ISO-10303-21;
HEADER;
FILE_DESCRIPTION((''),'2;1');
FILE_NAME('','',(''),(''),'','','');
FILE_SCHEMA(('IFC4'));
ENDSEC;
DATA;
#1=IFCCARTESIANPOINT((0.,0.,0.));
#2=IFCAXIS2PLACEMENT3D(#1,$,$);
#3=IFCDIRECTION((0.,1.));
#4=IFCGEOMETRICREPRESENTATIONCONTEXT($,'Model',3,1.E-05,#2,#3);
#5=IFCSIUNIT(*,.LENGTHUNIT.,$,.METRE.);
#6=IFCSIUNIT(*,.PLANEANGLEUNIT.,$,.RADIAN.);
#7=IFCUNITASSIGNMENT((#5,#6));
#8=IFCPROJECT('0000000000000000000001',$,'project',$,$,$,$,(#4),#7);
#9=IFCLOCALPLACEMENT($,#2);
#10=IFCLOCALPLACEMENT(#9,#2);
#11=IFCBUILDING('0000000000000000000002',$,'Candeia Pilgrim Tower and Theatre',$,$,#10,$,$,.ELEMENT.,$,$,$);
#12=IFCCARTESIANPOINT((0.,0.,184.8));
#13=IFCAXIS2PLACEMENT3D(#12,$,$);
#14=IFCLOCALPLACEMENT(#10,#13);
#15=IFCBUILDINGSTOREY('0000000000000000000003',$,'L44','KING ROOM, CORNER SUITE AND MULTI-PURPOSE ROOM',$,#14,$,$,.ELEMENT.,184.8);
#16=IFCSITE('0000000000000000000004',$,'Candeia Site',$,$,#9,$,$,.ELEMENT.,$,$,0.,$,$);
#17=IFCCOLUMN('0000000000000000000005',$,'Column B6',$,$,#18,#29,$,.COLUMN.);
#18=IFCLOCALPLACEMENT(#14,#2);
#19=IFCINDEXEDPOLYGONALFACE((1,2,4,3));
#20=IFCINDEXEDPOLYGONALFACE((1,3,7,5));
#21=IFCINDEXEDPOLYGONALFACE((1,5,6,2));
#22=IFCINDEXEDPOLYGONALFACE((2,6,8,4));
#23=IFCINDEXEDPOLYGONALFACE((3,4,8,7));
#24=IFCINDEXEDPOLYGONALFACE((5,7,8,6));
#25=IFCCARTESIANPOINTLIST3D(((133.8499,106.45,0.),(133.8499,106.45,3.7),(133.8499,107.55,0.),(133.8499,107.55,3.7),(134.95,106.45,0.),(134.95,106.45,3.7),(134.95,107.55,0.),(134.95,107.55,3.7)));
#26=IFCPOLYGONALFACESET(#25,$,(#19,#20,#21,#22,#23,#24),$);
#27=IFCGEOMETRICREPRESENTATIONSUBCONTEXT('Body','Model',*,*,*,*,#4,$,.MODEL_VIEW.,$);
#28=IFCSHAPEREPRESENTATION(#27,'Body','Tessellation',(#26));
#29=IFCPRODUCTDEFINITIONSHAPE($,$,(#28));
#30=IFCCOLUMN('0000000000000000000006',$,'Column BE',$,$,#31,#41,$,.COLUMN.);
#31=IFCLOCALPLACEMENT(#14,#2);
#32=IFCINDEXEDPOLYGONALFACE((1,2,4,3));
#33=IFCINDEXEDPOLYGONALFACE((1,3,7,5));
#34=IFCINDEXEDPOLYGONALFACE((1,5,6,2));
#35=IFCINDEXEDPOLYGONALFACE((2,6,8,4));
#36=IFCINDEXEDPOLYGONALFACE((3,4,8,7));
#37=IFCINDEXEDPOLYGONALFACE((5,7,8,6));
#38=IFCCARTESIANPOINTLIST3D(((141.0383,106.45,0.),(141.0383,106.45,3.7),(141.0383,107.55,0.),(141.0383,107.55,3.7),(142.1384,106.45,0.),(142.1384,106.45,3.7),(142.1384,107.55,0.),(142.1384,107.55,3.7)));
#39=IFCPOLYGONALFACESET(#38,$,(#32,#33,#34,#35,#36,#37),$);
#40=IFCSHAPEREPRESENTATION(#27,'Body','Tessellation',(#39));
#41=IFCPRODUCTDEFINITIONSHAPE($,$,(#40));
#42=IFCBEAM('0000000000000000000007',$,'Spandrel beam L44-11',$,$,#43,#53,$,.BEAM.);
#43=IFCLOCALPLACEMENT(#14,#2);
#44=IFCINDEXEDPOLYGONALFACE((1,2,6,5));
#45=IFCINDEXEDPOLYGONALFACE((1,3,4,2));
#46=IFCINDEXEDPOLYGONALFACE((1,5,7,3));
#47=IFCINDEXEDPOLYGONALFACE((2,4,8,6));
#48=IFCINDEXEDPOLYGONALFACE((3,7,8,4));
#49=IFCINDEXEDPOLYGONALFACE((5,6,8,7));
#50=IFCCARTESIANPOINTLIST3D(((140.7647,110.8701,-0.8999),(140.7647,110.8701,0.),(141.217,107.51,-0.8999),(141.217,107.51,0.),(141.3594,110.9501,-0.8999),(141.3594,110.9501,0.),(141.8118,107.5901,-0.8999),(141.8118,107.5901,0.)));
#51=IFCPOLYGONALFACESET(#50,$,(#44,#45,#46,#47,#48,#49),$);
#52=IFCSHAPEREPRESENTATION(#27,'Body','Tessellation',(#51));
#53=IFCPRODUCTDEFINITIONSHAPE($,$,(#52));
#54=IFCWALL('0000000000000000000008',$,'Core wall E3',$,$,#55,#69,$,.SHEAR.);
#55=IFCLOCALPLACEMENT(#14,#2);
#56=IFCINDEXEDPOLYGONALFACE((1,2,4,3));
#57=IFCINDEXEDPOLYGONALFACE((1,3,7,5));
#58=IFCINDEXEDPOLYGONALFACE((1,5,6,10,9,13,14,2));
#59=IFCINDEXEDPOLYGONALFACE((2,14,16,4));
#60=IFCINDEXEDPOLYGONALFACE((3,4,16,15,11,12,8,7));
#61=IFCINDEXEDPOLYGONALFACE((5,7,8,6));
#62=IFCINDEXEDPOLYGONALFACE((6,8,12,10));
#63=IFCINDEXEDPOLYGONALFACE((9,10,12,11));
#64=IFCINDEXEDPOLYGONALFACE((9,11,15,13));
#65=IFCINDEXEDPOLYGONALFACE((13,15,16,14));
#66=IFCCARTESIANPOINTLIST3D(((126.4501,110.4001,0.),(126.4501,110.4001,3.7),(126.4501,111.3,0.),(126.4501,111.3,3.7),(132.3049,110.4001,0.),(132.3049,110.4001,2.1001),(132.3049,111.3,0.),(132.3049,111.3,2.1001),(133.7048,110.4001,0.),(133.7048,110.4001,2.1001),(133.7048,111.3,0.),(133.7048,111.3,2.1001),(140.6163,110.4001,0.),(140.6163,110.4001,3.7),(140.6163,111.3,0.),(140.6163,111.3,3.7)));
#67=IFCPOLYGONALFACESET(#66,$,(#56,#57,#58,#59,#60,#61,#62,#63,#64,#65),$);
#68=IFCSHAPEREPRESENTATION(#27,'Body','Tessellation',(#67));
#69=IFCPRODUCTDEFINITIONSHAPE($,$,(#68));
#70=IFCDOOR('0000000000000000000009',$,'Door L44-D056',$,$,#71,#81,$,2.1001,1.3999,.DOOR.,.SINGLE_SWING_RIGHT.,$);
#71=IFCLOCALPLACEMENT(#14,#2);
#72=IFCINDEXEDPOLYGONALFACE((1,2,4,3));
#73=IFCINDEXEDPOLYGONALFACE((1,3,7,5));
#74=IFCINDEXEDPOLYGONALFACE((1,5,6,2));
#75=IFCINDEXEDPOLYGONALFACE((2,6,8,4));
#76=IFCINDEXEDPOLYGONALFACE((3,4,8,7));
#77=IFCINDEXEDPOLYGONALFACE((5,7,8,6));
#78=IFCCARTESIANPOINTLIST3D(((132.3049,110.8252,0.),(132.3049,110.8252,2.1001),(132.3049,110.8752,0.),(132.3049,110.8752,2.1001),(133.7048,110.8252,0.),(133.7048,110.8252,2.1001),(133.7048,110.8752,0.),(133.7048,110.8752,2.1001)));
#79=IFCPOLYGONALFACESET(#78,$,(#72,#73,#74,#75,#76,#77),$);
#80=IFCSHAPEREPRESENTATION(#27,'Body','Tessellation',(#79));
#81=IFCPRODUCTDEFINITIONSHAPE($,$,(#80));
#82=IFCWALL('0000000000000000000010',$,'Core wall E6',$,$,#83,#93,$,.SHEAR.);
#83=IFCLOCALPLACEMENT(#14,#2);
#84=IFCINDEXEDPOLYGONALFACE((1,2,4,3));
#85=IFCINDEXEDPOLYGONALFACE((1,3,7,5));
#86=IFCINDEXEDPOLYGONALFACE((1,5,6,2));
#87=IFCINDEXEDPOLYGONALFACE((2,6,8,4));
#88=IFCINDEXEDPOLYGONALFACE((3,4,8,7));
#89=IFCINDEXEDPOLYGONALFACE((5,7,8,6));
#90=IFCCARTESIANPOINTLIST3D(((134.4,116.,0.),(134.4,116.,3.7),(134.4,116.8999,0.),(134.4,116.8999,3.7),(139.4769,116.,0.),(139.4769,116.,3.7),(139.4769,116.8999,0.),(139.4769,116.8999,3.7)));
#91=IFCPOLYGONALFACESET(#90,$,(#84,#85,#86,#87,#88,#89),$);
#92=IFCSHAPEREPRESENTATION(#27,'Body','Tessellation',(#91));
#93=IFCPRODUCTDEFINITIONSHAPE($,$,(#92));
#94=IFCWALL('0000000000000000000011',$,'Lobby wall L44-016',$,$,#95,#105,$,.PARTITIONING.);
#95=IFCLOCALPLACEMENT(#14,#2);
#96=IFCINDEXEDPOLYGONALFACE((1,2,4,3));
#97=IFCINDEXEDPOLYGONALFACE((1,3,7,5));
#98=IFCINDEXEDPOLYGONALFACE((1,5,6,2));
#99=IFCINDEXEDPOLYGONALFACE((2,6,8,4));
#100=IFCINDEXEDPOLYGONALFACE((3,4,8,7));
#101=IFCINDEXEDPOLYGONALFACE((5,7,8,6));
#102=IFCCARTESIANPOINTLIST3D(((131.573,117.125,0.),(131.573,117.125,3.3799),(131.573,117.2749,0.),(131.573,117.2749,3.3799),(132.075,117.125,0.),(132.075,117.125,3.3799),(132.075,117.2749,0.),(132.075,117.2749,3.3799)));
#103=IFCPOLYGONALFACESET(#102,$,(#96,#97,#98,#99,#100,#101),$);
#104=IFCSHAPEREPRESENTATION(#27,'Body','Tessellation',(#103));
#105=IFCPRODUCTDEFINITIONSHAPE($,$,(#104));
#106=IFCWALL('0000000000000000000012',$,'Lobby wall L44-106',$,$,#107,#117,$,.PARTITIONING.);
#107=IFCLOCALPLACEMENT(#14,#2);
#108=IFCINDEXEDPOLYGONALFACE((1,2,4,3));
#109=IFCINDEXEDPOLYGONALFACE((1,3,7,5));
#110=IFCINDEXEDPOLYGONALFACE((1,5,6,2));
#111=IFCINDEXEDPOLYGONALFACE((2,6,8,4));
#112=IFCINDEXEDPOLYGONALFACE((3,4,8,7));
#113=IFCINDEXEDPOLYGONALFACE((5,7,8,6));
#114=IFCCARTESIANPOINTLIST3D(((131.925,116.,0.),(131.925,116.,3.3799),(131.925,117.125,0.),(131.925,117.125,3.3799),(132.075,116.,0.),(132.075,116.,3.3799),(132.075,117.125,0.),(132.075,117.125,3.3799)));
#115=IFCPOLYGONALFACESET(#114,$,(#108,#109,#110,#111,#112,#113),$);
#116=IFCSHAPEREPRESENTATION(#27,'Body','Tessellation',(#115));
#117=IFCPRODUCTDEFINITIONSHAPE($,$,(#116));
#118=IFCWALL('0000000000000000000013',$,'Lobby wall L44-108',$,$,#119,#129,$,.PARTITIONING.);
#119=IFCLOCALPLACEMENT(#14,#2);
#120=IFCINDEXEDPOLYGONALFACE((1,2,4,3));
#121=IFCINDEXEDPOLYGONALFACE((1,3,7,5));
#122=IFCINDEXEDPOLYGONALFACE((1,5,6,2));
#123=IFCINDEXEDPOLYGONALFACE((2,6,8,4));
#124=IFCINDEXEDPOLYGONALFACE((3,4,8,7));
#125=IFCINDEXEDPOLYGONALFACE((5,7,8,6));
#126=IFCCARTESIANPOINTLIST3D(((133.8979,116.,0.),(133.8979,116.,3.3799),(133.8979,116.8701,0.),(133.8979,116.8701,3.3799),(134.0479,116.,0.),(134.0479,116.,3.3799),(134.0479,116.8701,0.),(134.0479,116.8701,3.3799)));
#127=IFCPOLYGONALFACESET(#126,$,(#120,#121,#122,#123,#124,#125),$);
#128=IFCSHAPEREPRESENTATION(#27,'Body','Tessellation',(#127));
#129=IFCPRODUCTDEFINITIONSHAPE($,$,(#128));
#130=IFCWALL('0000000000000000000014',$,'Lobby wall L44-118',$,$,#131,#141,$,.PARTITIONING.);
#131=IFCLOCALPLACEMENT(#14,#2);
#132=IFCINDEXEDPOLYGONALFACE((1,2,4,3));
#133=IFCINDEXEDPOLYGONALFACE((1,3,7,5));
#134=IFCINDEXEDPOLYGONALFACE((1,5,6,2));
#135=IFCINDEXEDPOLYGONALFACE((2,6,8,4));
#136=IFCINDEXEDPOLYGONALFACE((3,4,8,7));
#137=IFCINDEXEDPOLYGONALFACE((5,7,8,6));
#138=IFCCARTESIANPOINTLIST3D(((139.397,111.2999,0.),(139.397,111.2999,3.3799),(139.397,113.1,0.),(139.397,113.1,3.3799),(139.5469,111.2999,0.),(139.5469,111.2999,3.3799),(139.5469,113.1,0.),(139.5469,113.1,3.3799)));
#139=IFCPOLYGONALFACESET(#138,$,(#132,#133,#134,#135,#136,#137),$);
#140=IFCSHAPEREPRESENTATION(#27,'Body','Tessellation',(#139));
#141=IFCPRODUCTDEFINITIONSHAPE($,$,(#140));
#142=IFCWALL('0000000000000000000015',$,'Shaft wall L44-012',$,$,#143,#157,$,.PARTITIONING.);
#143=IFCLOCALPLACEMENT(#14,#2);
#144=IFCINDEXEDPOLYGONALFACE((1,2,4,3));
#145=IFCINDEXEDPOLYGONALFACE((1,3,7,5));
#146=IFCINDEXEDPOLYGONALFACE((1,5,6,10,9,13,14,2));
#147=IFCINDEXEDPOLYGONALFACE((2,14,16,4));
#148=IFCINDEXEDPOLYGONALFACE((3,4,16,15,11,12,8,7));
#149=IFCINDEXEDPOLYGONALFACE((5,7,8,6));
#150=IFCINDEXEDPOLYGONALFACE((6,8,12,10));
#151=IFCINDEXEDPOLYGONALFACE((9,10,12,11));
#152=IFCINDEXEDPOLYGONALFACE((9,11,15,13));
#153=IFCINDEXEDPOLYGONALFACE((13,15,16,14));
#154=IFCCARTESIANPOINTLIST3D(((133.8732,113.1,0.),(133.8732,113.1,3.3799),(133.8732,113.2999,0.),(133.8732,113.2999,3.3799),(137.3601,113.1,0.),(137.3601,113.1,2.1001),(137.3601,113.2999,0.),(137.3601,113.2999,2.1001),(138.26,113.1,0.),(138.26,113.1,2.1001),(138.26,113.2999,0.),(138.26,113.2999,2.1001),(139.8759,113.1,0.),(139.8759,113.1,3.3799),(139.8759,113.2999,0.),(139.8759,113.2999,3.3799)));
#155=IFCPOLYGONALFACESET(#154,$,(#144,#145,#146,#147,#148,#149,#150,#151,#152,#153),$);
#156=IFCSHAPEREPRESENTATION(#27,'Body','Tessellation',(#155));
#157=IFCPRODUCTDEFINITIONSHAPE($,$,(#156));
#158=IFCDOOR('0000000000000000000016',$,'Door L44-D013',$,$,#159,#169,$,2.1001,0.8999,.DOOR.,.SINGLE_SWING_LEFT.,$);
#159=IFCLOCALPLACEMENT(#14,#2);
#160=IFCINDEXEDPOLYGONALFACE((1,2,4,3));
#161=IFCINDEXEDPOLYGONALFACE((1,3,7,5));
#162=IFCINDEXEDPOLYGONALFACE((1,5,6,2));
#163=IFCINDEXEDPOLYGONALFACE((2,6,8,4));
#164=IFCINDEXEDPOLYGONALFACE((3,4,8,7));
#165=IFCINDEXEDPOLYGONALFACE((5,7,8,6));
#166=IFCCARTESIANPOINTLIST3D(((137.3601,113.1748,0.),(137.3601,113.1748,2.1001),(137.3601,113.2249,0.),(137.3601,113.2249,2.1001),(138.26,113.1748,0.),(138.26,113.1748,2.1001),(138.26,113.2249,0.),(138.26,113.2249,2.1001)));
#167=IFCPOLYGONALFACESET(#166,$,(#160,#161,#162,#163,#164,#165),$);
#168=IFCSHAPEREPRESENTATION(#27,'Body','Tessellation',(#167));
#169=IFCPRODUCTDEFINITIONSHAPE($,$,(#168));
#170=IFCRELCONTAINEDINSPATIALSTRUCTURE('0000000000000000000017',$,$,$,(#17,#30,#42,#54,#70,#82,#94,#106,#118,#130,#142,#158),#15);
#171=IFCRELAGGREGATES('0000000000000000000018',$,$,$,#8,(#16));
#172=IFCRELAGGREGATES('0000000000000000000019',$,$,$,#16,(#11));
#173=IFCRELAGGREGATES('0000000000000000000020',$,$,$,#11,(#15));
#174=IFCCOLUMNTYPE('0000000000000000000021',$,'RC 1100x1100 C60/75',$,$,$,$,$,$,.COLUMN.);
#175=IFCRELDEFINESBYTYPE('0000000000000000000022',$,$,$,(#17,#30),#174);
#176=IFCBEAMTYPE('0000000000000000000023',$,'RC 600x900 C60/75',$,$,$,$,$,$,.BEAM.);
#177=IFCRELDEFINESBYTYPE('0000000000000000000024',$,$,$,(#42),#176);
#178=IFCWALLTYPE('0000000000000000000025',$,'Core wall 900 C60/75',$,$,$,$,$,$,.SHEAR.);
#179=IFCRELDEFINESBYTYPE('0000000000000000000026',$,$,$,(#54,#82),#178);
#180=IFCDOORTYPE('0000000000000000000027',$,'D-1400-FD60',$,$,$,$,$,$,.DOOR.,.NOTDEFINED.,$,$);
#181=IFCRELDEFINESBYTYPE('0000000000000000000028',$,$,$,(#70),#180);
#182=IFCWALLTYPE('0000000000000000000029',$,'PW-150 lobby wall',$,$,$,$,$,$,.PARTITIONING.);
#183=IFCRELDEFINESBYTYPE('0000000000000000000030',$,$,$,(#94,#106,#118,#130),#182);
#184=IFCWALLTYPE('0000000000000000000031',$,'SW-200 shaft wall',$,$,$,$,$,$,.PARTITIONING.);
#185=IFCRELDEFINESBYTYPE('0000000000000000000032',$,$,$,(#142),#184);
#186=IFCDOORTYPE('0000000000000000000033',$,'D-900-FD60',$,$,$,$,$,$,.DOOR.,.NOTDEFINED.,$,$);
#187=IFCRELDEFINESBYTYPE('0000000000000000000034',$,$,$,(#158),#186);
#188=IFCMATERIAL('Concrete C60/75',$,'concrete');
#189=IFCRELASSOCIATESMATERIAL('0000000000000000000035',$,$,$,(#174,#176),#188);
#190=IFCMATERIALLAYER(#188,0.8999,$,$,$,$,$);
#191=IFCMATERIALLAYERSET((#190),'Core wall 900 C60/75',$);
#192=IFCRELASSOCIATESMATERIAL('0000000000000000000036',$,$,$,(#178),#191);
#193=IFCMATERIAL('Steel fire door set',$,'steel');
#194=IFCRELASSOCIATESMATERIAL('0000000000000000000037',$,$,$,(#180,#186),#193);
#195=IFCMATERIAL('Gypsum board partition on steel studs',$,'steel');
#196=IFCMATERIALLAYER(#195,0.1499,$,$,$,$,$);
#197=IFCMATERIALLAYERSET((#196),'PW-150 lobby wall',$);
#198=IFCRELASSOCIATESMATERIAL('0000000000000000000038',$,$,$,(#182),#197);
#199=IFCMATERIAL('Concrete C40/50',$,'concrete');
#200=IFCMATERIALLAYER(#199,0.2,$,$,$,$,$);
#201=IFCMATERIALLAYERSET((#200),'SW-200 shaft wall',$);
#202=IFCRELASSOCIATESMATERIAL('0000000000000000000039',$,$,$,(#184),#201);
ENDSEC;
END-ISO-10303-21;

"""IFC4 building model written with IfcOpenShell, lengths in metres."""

from ifc_helpers import new_model, si_unit, direction, frame, frame_2d, origin, origin_2d, place, context, subcontext, project, spatial, rectangle, extrude, material, layer, layer_set, material_profile, profile_set, type_object, element, fill, save


model = new_model("IFC4")

# Units and contexts
model_context = context("Model", 3, precision=1e-05, world=origin(), true_north=direction((0.0, 1.0)))
body_context = subcontext(model_context, "Body", "Model", "MODEL_VIEW")
ifc_project = project(units=[si_unit("LENGTHUNIT", "METRE"), si_unit("PLANEANGLEUNIT", "RADIAN")], contexts=[model_context])

# Site, building, storey
site_placement = place(None, origin())
site = spatial("IfcSite", under=ifc_project, at=site_placement, Name="Candeia Site", CompositionType="ELEMENT", RefElevation=0.0)
building_placement = place(site_placement, origin())
building = spatial("IfcBuilding", under=site, at=building_placement, Name="Candeia Pilgrim Tower and Theatre", CompositionType="ELEMENT")
storey_placement = place(building_placement, frame((0.0, 0.0, 184.8)))
storey = spatial("IfcBuildingStorey", under=building, at=storey_placement, Name="L44", Description="KING ROOM, CORNER SUITE AND MULTI-PURPOSE ROOM", CompositionType="ELEMENT", Elevation=184.8)

# Columns
ifc_material_1 = material(Name="Concrete C60/75", Category="concrete")
ifc_material_profile_1 = material_profile(ifc_material_1, rectangle(XDim=1.1001, YDim=1.1001, at=origin_2d()))
ifc_profile_set_1 = profile_set([ifc_material_profile_1], Name="Concrete C60/75")
column_type = type_object("IfcColumnType", Name="RC 1100x1100 C60/75", PredefinedType="COLUMN", material=ifc_profile_set_1)
for number, where, z_axis, x_axis, name in (
    (1, (134.3999, 107.0, 0.0), (0.0, 0.0, 1.0), (1.0, 0.0, 0.0), "Column B6"),
    (2, (141.5884, 107.0, 0.0), (0.0, 0.0, 1.0), (1.0, 0.0, 0.0), "Column BE"),
):
    element("IfcColumn", number, at=place(storey_placement, frame(where, z_axis=z_axis, x_axis=x_axis)), inside=storey, type_object=column_type, Name=name, PredefinedType="COLUMN", context=body_context, shape_type="SweptSolid", body=[
        extrude(rectangle(XDim=1.1001, YDim=1.1001, at=origin_2d()), origin(), (0.0, 0.0, 1.0), 3.7),
    ])

# Beam
ifc_material_profile_2 = material_profile(ifc_material_1, rectangle(XDim=0.6001, YDim=0.8999, at=origin_2d()))
ifc_profile_set_2 = profile_set([ifc_material_profile_2], Name="Concrete C60/75")
beam_type = type_object("IfcBeamType", Name="RC 600x900 C60/75", PredefinedType="BEAM", material=ifc_profile_set_2)
beam_placement = place(storey_placement, frame((141.5144, 107.55, -0.45), z_axis=(-0.133432, 0.991058, 0.0), x_axis=(-0.991058, -0.133432, 0.0)))
element("IfcBeam", 3, at=beam_placement, inside=storey, type_object=beam_type, Name="Spandrel beam L44-11", PredefinedType="BEAM", context=body_context, shape_type="SweptSolid", body=[
    extrude(rectangle(XDim=0.6001, YDim=0.8999, at=origin_2d()), origin(), (0.0, 0.0, 1.0), 3.3904),
])

# Wall, opening, door
ifc_layer_1 = layer(ifc_material_1, 0.8999)
ifc_layer_set_1 = layer_set([ifc_layer_1], Name="Core wall 900 C60/75")
wall_type_1 = type_object("IfcWallType", Name="Core wall 900 C60/75", PredefinedType="SHEAR", material=ifc_layer_set_1)
wall_1_placement = place(storey_placement, frame((140.6162, 110.8501, 0.0), z_axis=(0.0, 0.0, 1.0), x_axis=(-1.0, 0.0, 0.0)))
wall_1 = element("IfcWall", 4, at=wall_1_placement, inside=storey, type_object=wall_type_1, Name="Core wall E3", PredefinedType="SHEAR", context=body_context, shape_type="SweptSolid", body=[
    extrude(rectangle(XDim=14.1663, YDim=0.8999, at=frame_2d((7.083, 0.0))), origin(), (0.0, 0.0, 1.0), 3.7),
])
opening_1_placement = place(wall_1_placement, frame((6.9114, 0.0, 0.0)))
opening_1 = element("IfcOpeningElement", 5, at=opening_1_placement, cuts=wall_1, PredefinedType="OPENING", context=body_context, shape_type="SweptSolid", body=[
    extrude(rectangle(XDim=1.3999, YDim=2.1001, at=frame_2d((0.7, 1.05))), frame((0.0, 0.46, 0.0), z_axis=(0.0, -1.0, 0.0), x_axis=(1.0, 0.0, 0.0)), (0.0, 0.0, 1.0), 0.9199),
])
ifc_material_2 = material(Name="Steel fire door set", Category="steel")
door_type_1 = type_object("IfcDoorType", Name="D-1400-FD60", OperationType="NOTDEFINED", PredefinedType="DOOR", material=ifc_material_2)
door_1_placement = place(opening_1_placement, origin())
door_1 = element("IfcDoor", 6, at=door_1_placement, inside=storey, type_object=door_type_1, Name="Door L44-D056", OperationType="SINGLE_SWING_RIGHT", OverallHeight=2.1001, OverallWidth=1.3999, PredefinedType="DOOR", context=body_context, shape_type="SweptSolid", body=[
    extrude(rectangle(XDim=1.3999, YDim=2.1001, at=frame_2d((0.7, 1.05))), frame((0.0, 0.0249, 0.0), z_axis=(0.0, -1.0, 0.0), x_axis=(1.0, 0.0, 0.0)), (0.0, 0.0, 1.0), 0.05),
])
fill(opening_1, door_1)

# Walls
wall_2_placement = place(storey_placement, frame((134.3999, 116.45, 0.0), z_axis=(0.0, 0.0, 1.0), x_axis=(1.0, 0.0, 0.0)))
element("IfcWall", 7, at=wall_2_placement, inside=storey, type_object=wall_type_1, Name="Core wall E6", PredefinedType="SHEAR", context=body_context, shape_type="SweptSolid", body=[
    extrude(rectangle(XDim=5.0769, YDim=0.8999, at=frame_2d((2.5386, 0.0))), origin(), (0.0, 0.0, 1.0), 3.7),
])
ifc_material_3 = material(Name="Gypsum board partition on steel studs", Category="steel")
ifc_layer_2 = layer(ifc_material_3, 0.1499)
ifc_layer_set_2 = layer_set([ifc_layer_2], Name="PW-150 lobby wall")
wall_type_2 = type_object("IfcWallType", Name="PW-150 lobby wall", PredefinedType="PARTITIONING", material=ifc_layer_set_2)
wall_3_placement = place(storey_placement, frame((131.573, 117.2, 0.0), z_axis=(0.0, 0.0, 1.0), x_axis=(1.0, 0.0, 0.0)))
element("IfcWall", 8, at=wall_3_placement, inside=storey, type_object=wall_type_2, Name="Lobby wall L44-016", PredefinedType="PARTITIONING", context=body_context, shape_type="SweptSolid", body=[
    extrude(rectangle(XDim=0.502, YDim=0.1499, at=frame_2d((0.251, 0.0))), origin(), (0.0, 0.0, 1.0), 3.3799),
])
wall_4_placement = place(storey_placement, frame((132.0, 116.0, 0.0), z_axis=(0.0, 0.0, 1.0), x_axis=(0.0, 1.0, 0.0)))
element("IfcWall", 9, at=wall_4_placement, inside=storey, type_object=wall_type_2, Name="Lobby wall L44-106", PredefinedType="PARTITIONING", context=body_context, shape_type="SweptSolid", body=[
    extrude(rectangle(XDim=1.125, YDim=0.1499, at=frame_2d((0.5625, 0.0))), origin(), (0.0, 0.0, 1.0), 3.3799),
])
wall_5_placement = place(storey_placement, frame((133.9729, 116.0, 0.0), z_axis=(0.0, 0.0, 1.0), x_axis=(0.0, 1.0, 0.0)))
element("IfcWall", 10, at=wall_5_placement, inside=storey, type_object=wall_type_2, Name="Lobby wall L44-108", PredefinedType="PARTITIONING", context=body_context, shape_type="SweptSolid", body=[
    extrude(rectangle(XDim=0.8701, YDim=0.1499, at=frame_2d((0.4351, 0.0))), origin(), (0.0, 0.0, 1.0), 3.3799),
])
wall_6_placement = place(storey_placement, frame((139.4719, 111.3, 0.0), z_axis=(0.0, 0.0, 1.0), x_axis=(0.0, 1.0, 0.0)))
element("IfcWall", 11, at=wall_6_placement, inside=storey, type_object=wall_type_2, Name="Lobby wall L44-118", PredefinedType="PARTITIONING", context=body_context, shape_type="SweptSolid", body=[
    extrude(rectangle(XDim=1.8, YDim=0.1499, at=frame_2d((0.8999, 0.0))), origin(), (0.0, 0.0, 1.0), 3.3799),
])

# Wall, opening, door
ifc_material_4 = material(Name="Concrete C40/50", Category="concrete")
ifc_layer_3 = layer(ifc_material_4, 0.2)
ifc_layer_set_3 = layer_set([ifc_layer_3], Name="SW-200 shaft wall")
wall_type_3 = type_object("IfcWallType", Name="SW-200 shaft wall", PredefinedType="PARTITIONING", material=ifc_layer_set_3)
wall_7_placement = place(storey_placement, frame((133.873, 113.2, 0.0), z_axis=(0.0, 0.0, 1.0), x_axis=(1.0, 0.0, 0.0)))
wall_7 = element("IfcWall", 12, at=wall_7_placement, inside=storey, type_object=wall_type_3, Name="Shaft wall L44-012", PredefinedType="PARTITIONING", context=body_context, shape_type="SweptSolid", body=[
    extrude(rectangle(XDim=6.0027, YDim=0.2, at=frame_2d((3.0015, 0.0))), origin(), (0.0, 0.0, 1.0), 3.3799),
])
opening_2_placement = place(wall_7_placement, frame((3.4871, 0.0, 0.0)))
opening_2 = element("IfcOpeningElement", 13, at=opening_2_placement, cuts=wall_7, PredefinedType="OPENING", context=body_context, shape_type="SweptSolid", body=[
    extrude(rectangle(XDim=0.8999, YDim=2.1001, at=frame_2d((0.45, 1.05))), frame((0.0, 0.1099, 0.0), z_axis=(0.0, -1.0, 0.0), x_axis=(1.0, 0.0, 0.0)), (0.0, 0.0, 1.0), 0.22),
])
door_type_2 = type_object("IfcDoorType", Name="D-900-FD60", OperationType="NOTDEFINED", PredefinedType="DOOR", material=ifc_material_2)
door_2_placement = place(opening_2_placement, origin())
door_2 = element("IfcDoor", 14, at=door_2_placement, inside=storey, type_object=door_type_2, Name="Door L44-D013", OperationType="SINGLE_SWING_LEFT", OverallHeight=2.1001, OverallWidth=0.8999, PredefinedType="DOOR", context=body_context, shape_type="SweptSolid", body=[
    extrude(rectangle(XDim=0.8999, YDim=2.1001, at=frame_2d((0.45, 1.05))), frame((0.0, 0.0249, 0.0), z_axis=(0.0, -1.0, 0.0), x_axis=(1.0, 0.0, 0.0)), (0.0, 0.0, 1.0), 0.05),
])
fill(opening_2, door_2)

save(model, "model.ifc")
